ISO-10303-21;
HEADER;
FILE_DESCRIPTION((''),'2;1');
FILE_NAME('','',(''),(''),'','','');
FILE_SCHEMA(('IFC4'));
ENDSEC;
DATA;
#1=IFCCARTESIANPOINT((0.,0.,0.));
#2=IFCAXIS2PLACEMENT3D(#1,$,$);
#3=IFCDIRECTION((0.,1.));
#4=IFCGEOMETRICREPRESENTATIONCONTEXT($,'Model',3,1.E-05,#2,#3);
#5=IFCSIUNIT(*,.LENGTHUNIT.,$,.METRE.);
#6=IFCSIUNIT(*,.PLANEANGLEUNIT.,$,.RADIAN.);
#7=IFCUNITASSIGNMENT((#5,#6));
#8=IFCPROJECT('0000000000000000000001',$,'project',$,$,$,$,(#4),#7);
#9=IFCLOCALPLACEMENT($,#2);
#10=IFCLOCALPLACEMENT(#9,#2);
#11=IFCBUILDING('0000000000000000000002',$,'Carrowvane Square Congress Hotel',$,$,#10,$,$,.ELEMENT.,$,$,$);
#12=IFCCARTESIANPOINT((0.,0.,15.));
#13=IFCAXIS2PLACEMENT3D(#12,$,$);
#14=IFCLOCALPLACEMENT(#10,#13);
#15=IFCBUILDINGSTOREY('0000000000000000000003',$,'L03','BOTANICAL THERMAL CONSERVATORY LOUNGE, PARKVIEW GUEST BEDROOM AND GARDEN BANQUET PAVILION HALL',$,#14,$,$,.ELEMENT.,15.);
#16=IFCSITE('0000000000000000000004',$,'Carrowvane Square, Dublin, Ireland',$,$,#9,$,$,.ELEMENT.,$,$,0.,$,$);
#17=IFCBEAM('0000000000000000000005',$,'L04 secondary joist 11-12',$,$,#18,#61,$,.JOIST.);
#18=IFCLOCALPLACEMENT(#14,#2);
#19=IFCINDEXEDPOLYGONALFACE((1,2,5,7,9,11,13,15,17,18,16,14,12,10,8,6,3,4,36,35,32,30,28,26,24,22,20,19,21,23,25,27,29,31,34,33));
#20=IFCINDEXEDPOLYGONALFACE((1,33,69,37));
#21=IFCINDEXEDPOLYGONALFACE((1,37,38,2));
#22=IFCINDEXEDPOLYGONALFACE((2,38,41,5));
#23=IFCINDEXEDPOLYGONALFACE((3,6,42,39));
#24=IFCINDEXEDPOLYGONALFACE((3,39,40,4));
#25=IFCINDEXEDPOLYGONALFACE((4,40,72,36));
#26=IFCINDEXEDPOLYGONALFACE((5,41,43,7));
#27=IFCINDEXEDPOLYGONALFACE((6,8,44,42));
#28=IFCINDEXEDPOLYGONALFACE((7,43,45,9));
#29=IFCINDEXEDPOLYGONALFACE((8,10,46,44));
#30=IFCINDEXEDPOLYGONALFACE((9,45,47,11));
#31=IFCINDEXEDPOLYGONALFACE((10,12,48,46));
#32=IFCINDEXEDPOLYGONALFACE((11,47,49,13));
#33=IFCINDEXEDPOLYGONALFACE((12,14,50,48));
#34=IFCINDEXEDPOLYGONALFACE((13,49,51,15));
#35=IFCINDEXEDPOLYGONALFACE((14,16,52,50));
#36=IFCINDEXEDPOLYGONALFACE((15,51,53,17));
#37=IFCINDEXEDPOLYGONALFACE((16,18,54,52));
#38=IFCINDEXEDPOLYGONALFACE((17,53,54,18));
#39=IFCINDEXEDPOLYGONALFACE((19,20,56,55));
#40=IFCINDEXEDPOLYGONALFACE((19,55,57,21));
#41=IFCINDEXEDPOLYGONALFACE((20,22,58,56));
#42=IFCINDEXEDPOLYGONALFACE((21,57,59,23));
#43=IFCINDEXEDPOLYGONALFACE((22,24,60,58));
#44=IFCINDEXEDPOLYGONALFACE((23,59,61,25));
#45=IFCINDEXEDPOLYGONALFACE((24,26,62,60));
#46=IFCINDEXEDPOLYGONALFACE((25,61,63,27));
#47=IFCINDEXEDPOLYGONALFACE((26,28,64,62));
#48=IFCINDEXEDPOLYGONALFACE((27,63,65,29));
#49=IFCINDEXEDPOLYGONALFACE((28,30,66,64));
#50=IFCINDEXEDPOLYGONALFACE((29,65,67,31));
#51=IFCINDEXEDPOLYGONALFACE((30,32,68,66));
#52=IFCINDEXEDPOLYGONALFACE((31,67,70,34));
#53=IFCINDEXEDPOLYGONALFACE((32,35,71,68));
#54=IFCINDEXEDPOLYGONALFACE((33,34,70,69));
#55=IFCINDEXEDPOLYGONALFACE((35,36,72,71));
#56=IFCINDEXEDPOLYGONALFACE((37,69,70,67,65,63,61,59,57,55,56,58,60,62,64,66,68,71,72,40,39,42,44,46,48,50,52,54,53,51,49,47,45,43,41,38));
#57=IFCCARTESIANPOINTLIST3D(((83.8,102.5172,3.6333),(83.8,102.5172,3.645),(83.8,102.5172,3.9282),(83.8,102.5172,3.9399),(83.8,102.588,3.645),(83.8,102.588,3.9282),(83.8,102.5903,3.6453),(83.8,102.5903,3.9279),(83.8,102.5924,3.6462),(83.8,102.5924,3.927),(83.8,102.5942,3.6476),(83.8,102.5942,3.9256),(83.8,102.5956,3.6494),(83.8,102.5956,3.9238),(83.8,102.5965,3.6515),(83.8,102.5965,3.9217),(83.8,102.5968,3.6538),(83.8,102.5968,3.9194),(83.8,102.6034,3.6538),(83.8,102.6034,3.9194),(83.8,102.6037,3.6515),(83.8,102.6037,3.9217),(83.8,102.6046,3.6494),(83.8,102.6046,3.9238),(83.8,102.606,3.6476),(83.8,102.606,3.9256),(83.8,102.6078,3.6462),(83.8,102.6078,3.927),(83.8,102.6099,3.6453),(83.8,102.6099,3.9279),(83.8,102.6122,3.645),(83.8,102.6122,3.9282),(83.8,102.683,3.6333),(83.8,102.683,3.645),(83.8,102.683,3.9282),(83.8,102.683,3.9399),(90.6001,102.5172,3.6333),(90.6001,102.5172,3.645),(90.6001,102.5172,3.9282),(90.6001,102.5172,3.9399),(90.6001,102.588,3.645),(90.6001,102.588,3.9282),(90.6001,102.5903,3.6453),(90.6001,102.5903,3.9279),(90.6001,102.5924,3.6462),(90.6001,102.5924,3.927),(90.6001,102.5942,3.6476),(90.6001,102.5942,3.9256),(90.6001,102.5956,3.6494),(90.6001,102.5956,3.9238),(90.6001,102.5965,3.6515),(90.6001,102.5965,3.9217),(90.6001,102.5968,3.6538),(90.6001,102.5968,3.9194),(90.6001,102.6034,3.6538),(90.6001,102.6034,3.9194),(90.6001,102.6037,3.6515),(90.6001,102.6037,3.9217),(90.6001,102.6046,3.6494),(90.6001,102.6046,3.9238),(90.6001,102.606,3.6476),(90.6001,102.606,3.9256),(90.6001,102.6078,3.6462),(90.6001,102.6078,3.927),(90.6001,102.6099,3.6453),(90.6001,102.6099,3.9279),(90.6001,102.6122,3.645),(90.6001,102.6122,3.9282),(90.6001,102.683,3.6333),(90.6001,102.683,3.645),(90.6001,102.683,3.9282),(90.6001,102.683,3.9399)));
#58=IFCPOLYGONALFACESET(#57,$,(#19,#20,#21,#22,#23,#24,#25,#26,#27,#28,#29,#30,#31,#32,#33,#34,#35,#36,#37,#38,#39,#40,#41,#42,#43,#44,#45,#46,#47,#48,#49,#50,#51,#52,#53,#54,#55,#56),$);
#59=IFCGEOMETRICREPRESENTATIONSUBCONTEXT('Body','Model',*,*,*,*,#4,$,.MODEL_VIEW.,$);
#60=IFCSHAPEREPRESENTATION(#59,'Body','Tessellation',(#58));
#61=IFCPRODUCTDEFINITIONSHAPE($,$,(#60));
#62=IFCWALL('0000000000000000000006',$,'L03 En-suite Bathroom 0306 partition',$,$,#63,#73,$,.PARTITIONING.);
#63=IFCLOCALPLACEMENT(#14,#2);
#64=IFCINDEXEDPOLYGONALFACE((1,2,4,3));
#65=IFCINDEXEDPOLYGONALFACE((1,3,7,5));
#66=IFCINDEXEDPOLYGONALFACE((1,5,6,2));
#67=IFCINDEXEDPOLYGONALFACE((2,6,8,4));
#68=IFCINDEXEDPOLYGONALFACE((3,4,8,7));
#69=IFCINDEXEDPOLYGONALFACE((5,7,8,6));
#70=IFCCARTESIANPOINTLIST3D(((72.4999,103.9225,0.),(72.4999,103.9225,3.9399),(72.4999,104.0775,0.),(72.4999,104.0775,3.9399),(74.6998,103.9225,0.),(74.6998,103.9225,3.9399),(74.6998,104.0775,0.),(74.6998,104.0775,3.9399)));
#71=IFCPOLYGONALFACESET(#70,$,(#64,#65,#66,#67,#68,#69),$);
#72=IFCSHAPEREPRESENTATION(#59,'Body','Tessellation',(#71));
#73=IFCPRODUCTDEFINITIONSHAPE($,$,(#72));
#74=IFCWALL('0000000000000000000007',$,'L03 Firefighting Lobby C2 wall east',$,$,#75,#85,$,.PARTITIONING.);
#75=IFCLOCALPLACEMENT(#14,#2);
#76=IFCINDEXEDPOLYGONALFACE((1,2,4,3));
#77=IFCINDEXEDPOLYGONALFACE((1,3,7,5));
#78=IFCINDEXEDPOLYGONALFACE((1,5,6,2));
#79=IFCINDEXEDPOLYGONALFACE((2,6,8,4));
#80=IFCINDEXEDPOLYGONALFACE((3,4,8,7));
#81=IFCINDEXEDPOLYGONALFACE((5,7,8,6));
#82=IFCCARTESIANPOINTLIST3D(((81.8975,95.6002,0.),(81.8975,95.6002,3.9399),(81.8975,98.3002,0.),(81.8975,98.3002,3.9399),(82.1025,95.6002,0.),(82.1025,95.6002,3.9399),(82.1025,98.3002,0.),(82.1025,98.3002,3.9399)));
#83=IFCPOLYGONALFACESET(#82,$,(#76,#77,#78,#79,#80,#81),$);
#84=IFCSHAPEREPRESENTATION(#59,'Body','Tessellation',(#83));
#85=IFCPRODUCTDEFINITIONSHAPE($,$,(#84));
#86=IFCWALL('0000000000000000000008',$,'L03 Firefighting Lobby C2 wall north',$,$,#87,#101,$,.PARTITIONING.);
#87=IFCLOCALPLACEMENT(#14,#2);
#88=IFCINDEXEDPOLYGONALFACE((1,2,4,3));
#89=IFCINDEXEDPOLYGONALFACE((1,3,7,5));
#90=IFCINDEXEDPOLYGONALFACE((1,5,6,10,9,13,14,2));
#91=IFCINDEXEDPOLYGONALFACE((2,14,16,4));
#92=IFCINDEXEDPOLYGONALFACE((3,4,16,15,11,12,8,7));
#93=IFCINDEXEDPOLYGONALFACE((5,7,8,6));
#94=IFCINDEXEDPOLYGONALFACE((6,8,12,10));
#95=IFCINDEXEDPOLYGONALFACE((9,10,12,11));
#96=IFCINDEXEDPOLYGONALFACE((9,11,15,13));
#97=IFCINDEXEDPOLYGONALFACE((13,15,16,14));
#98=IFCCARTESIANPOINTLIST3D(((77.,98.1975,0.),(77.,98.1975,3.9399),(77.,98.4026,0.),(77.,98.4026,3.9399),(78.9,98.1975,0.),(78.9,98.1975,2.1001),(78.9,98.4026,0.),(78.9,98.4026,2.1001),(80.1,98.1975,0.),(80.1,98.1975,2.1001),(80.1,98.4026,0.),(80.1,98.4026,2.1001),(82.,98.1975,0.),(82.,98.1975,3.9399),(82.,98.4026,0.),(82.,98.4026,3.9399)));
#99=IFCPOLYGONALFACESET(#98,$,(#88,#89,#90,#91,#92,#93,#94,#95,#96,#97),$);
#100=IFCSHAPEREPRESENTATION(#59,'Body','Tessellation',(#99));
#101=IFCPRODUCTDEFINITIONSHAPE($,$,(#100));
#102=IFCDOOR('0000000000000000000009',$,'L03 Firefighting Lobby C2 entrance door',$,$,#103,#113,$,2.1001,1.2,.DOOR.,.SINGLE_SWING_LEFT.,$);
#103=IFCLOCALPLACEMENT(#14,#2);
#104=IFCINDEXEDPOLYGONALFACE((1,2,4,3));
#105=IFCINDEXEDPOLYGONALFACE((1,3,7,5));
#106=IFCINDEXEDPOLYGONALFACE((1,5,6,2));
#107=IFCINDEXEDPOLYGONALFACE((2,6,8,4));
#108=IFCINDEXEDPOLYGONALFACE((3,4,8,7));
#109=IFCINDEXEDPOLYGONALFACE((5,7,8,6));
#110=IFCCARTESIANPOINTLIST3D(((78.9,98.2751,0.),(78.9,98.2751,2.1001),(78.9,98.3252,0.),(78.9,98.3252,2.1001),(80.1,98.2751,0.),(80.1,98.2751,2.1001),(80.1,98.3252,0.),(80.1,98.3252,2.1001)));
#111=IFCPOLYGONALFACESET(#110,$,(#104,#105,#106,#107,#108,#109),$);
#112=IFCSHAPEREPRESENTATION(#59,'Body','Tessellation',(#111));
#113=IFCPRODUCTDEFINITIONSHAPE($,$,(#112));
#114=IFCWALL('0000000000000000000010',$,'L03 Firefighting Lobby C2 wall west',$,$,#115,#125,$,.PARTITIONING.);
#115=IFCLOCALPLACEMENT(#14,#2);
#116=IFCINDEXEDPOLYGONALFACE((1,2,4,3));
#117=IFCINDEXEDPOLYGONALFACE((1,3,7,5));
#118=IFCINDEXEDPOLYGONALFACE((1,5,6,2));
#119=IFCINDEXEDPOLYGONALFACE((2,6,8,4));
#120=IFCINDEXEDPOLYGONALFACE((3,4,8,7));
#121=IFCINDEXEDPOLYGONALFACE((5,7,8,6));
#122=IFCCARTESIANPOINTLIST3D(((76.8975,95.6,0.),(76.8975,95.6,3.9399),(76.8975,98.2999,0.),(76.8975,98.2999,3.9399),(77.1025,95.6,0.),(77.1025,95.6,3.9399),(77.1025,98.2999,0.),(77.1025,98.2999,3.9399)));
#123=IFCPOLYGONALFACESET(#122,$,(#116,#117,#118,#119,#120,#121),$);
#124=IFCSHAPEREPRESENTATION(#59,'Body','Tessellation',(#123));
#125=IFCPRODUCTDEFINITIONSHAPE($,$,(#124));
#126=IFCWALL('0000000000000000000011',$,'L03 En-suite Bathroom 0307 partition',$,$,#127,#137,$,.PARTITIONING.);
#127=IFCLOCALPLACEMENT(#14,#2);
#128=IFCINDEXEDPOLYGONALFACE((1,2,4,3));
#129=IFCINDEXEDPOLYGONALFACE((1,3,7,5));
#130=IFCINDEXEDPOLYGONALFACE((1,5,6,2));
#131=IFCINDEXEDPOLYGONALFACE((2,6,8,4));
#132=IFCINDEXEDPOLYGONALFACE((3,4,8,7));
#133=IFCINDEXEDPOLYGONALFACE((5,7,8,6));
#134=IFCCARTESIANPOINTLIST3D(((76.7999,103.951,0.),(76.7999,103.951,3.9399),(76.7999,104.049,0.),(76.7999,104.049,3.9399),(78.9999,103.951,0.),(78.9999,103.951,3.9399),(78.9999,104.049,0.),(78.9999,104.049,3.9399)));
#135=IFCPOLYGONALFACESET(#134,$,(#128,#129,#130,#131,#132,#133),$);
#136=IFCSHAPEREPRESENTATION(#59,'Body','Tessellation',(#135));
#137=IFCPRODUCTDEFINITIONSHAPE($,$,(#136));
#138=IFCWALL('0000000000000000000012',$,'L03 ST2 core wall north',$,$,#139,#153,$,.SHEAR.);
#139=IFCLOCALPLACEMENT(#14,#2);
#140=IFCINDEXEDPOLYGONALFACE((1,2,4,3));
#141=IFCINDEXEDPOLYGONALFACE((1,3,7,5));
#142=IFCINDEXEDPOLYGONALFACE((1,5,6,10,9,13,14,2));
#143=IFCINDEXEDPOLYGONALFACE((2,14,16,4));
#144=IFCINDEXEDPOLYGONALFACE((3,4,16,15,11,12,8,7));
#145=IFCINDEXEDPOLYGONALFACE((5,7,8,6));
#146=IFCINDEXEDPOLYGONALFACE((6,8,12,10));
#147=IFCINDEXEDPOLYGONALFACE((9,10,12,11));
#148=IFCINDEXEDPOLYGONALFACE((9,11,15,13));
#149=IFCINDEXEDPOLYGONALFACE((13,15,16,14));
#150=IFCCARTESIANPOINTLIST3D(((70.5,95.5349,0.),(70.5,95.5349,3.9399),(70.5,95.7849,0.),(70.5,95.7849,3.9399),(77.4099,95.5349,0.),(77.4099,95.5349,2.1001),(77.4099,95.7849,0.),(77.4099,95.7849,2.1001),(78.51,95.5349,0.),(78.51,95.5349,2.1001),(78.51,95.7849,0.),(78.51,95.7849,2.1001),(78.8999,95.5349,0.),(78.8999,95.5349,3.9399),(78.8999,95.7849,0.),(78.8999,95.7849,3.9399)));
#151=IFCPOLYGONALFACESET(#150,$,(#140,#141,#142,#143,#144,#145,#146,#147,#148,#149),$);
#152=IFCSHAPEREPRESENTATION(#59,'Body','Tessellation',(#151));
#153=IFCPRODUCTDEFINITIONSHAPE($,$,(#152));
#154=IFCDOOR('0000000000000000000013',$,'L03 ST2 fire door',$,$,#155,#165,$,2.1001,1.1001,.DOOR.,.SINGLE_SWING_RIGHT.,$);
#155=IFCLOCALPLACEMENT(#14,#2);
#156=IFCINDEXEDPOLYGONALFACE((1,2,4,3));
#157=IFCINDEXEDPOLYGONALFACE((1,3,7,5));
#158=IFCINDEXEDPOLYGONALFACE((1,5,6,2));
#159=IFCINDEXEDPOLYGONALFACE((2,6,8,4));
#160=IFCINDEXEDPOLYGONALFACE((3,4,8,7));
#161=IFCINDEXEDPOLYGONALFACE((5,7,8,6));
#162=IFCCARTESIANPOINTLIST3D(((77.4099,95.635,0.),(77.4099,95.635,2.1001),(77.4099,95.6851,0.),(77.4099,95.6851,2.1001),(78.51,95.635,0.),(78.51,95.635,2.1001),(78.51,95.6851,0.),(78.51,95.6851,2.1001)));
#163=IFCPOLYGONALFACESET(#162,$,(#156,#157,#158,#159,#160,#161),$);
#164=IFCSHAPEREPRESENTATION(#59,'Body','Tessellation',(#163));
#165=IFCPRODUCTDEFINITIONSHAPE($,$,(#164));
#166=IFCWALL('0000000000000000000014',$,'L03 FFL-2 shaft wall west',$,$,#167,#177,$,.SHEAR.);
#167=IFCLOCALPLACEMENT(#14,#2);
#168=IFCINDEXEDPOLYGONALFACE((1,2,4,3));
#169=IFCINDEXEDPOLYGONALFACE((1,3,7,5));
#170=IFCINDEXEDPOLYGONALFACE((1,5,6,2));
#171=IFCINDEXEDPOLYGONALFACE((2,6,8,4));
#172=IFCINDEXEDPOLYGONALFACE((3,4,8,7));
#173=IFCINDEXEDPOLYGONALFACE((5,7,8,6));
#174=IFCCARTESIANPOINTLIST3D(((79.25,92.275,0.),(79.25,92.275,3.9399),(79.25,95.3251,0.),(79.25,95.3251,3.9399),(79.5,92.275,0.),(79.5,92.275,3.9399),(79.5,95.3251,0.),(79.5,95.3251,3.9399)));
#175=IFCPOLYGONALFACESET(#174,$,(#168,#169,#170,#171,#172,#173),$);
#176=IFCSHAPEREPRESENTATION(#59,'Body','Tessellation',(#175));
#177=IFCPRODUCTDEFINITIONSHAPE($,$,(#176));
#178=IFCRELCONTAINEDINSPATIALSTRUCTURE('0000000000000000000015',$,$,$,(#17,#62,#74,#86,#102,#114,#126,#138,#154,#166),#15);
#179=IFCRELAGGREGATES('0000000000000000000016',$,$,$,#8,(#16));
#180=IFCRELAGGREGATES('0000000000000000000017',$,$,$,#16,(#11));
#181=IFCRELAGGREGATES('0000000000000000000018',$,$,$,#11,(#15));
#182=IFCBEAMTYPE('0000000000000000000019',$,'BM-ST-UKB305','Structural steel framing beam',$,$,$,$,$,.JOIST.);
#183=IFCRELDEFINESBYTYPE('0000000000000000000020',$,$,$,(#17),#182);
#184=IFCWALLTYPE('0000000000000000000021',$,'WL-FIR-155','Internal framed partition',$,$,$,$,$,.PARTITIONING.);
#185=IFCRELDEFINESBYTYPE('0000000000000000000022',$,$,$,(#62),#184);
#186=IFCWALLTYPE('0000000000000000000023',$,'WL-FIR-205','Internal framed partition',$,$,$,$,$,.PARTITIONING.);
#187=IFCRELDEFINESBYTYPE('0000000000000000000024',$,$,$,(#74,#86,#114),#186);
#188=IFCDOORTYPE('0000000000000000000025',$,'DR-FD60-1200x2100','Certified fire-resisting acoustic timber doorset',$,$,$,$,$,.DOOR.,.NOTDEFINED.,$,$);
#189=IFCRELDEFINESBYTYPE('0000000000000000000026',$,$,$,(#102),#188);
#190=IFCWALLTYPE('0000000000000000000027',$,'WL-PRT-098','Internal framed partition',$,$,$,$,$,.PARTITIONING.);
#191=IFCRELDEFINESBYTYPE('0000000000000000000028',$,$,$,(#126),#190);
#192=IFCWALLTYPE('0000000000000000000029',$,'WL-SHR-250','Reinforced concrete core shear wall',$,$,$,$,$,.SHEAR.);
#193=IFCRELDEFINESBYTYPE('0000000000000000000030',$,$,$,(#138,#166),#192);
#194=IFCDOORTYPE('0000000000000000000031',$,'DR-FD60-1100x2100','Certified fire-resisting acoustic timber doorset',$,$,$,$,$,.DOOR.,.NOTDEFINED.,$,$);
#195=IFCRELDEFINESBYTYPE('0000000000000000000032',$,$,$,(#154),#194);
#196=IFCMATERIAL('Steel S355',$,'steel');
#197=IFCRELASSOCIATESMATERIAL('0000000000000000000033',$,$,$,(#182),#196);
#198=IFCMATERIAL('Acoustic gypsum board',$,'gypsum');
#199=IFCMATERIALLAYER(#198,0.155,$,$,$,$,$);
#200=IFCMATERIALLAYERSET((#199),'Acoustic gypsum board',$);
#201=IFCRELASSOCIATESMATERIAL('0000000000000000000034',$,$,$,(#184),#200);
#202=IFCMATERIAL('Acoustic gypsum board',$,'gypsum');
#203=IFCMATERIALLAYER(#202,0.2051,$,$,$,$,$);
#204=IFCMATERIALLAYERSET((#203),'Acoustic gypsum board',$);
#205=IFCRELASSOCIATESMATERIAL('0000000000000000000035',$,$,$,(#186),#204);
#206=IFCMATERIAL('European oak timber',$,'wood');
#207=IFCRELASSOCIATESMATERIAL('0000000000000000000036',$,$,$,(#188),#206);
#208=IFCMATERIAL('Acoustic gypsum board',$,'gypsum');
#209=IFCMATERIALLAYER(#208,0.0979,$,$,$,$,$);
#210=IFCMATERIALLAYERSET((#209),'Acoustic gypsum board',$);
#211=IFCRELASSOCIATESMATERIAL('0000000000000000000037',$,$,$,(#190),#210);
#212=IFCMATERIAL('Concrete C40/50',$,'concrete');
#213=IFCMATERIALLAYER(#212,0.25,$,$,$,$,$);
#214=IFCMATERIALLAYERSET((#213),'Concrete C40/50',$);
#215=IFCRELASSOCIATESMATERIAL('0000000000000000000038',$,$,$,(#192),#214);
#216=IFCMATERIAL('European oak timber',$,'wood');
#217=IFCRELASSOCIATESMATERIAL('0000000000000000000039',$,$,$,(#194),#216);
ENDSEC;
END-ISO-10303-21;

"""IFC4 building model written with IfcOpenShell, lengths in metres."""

from ifc_helpers import new_model, si_unit, direction, frame, frame_2d, origin, origin_2d, place, context, subcontext, project, spatial, rectangle, i_section, extrude, material, layer, layer_set, material_profile, profile_set, type_object, element, fill, save


model = new_model("IFC4")

# Units and contexts
model_context = context("Model", 3, precision=1e-05, world=origin(), true_north=direction((0.0, 1.0)))
body_context = subcontext(model_context, "Body", "Model", "MODEL_VIEW")
ifc_project = project(units=[si_unit("LENGTHUNIT", "METRE"), si_unit("PLANEANGLEUNIT", "RADIAN")], contexts=[model_context])

# Site, building, storey
site_placement = place(None, origin())
site = spatial("IfcSite", under=ifc_project, at=site_placement, Name="Carrowvane Square, Dublin, Ireland", CompositionType="ELEMENT", RefElevation=0.0)
building_placement = place(site_placement, origin())
building = spatial("IfcBuilding", under=site, at=building_placement, Name="Carrowvane Square Congress Hotel", CompositionType="ELEMENT")
storey_placement = place(building_placement, frame((0.0, 0.0, 15.0)))
storey = spatial("IfcBuildingStorey", under=building, at=storey_placement, Name="L03", Description="BOTANICAL THERMAL CONSERVATORY LOUNGE, PARKVIEW GUEST BEDROOM AND GARDEN BANQUET PAVILION HALL", CompositionType="ELEMENT", Elevation=15.0)

# Beam
ifc_material_1 = material(Name="Steel S355", Category="steel")
ifc_material_profile_1 = material_profile(ifc_material_1, i_section(OverallWidth=0.1658, OverallDepth=0.3066, WebThickness=0.0066, FlangeThickness=0.0117, FilletRadius=0.0088, at=origin_2d()), Name="UKB 305x165x46")
ifc_profile_set_1 = profile_set([ifc_material_profile_1], Name="Steel S355")
beam_type_1 = type_object("IfcBeamType", Name="BM-ST-UKB305", Description="Structural steel framing beam", PredefinedType="JOIST", material=ifc_profile_set_1)
for number, where, z_axis, x_axis, name in (
    (1, (83.8, 102.6001, 3.7866), (1.0, 0.0, 0.0), (0.0, 1.0, 0.0), "L04 secondary joist 11-12"),
):
    element("IfcBeam", number, at=place(storey_placement, frame(where, z_axis=z_axis, x_axis=x_axis)), inside=storey, type_object=beam_type_1, Name=name, PredefinedType="JOIST", context=body_context, shape_type="SweptSolid", body=[
        extrude(i_section(OverallWidth=0.1658, OverallDepth=0.3066, WebThickness=0.0066, FlangeThickness=0.0117, FilletRadius=0.0088, at=origin_2d()), origin(), (0.0, 0.0, 1.0), 6.8),
    ])

# Wall
ifc_material_2 = material(Name="Acoustic gypsum board", Category="gypsum")
ifc_layer_1 = layer(ifc_material_2, 0.155)
ifc_layer_set_1 = layer_set([ifc_layer_1], Name="Acoustic gypsum board")
wall_type_1 = type_object("IfcWallType", Name="WL-FIR-155", Description="Internal framed partition", PredefinedType="PARTITIONING", material=ifc_layer_set_1)
wall_1_placement = place(storey_placement, frame((74.7, 104.0, 0.0), z_axis=(0.0, 0.0, 1.0), x_axis=(-1.0, 0.0, 0.0)))
element("IfcWall", 2, at=wall_1_placement, inside=storey, type_object=wall_type_1, Name="L03 En-suite Bathroom 0306 partition", PredefinedType="PARTITIONING", context=body_context, shape_type="SweptSolid", body=[
    extrude(rectangle(XDim=2.2, YDim=0.155, at=frame_2d((1.1001, 0.0))), origin(), (0.0, 0.0, 1.0), 3.9399),
])

# Wall
ifc_material_3 = material(Name="Acoustic gypsum board", Category="gypsum")
ifc_layer_2 = layer(ifc_material_3, 0.2051)
ifc_layer_set_2 = layer_set([ifc_layer_2], Name="Acoustic gypsum board")
wall_type_2 = type_object("IfcWallType", Name="WL-FIR-205", Description="Internal framed partition", PredefinedType="PARTITIONING", material=ifc_layer_set_2)
wall_2_placement = place(storey_placement, frame((82.0, 95.6001, 0.0), z_axis=(0.0, 0.0, 1.0), x_axis=(0.0, 1.0, 0.0)))
element("IfcWall", 3, at=wall_2_placement, inside=storey, type_object=wall_type_2, Name="L03 Firefighting Lobby C2 wall east", PredefinedType="PARTITIONING", context=body_context, shape_type="SweptSolid", body=[
    extrude(rectangle(XDim=2.7, YDim=0.2051, at=frame_2d((1.3501, 0.0))), origin(), (0.0, 0.0, 1.0), 3.9399),
])

# Wall, opening, door
wall_3_placement = place(storey_placement, frame((82.0, 98.3, 0.0), z_axis=(0.0, 0.0, 1.0), x_axis=(-1.0, 0.0, 0.0)))
wall_3 = element("IfcWall", 4, at=wall_3_placement, inside=storey, type_object=wall_type_2, Name="L03 Firefighting Lobby C2 wall north", PredefinedType="PARTITIONING", context=body_context, shape_type="SweptSolid", body=[
    extrude(rectangle(XDim=5.0, YDim=0.2051, at=frame_2d((2.5, 0.0))), origin(), (0.0, 0.0, 1.0), 3.9399),
])
opening_1_placement = place(wall_3_placement, frame((1.8999, 0.0, 0.0)))
opening_1 = element("IfcOpeningElement", 5, at=opening_1_placement, cuts=wall_3, PredefinedType="OPENING", context=body_context, shape_type="SweptSolid", body=[
    extrude(rectangle(XDim=1.2, YDim=2.1001, at=frame_2d((0.6001, 1.05))), frame((0.0, 0.1125, 0.0), z_axis=(0.0, -1.0, 0.0), x_axis=(1.0, 0.0, 0.0)), (0.0, 0.0, 1.0), 0.2251),
])
ifc_material_4 = material(Name="European oak timber", Category="wood")
door_type_1 = type_object("IfcDoorType", Name="DR-FD60-1200x2100", Description="Certified fire-resisting acoustic timber doorset", OperationType="NOTDEFINED", PredefinedType="DOOR", material=ifc_material_4)
door_1_placement = place(opening_1_placement, origin())
door_1 = element("IfcDoor", 6, at=door_1_placement, inside=storey, type_object=door_type_1, Name="L03 Firefighting Lobby C2 entrance door", OperationType="SINGLE_SWING_LEFT", OverallHeight=2.1001, OverallWidth=1.2, PredefinedType="DOOR", context=body_context, shape_type="SweptSolid", body=[
    extrude(rectangle(XDim=1.2, YDim=2.1001, at=frame_2d((0.6001, 1.05))), frame((0.0, 0.0249, 0.0), z_axis=(0.0, -1.0, 0.0), x_axis=(1.0, 0.0, 0.0)), (0.0, 0.0, 1.0), 0.05),
])
fill(opening_1, door_1)

# Walls
wall_4_placement = place(storey_placement, frame((77.0, 98.3, 0.0), z_axis=(0.0, 0.0, 1.0), x_axis=(0.0, -1.0, 0.0)))
element("IfcWall", 7, at=wall_4_placement, inside=storey, type_object=wall_type_2, Name="L03 Firefighting Lobby C2 wall west", PredefinedType="PARTITIONING", context=body_context, shape_type="SweptSolid", body=[
    extrude(rectangle(XDim=2.7, YDim=0.2051, at=frame_2d((1.3501, 0.0))), origin(), (0.0, 0.0, 1.0), 3.9399),
])
ifc_material_5 = material(Name="Acoustic gypsum board", Category="gypsum")
ifc_layer_3 = layer(ifc_material_5, 0.0979)
ifc_layer_set_3 = layer_set([ifc_layer_3], Name="Acoustic gypsum board")
wall_type_3 = type_object("IfcWallType", Name="WL-PRT-098", Description="Internal framed partition", PredefinedType="PARTITIONING", material=ifc_layer_set_3)
wall_5_placement = place(storey_placement, frame((79.0, 104.0, 0.0), z_axis=(0.0, 0.0, 1.0), x_axis=(-1.0, 0.0, 0.0)))
element("IfcWall", 8, at=wall_5_placement, inside=storey, type_object=wall_type_3, Name="L03 En-suite Bathroom 0307 partition", PredefinedType="PARTITIONING", context=body_context, shape_type="SweptSolid", body=[
    extrude(rectangle(XDim=2.2, YDim=0.0979, at=frame_2d((1.1001, 0.0))), origin(), (0.0, 0.0, 1.0), 3.9399),
])

# Wall, opening, door
ifc_material_6 = material(Name="Concrete C40/50", Category="concrete")
ifc_layer_4 = layer(ifc_material_6, 0.25)
ifc_layer_set_4 = layer_set([ifc_layer_4], Name="Concrete C40/50")
wall_type_4 = type_object("IfcWallType", Name="WL-SHR-250", Description="Reinforced concrete core shear wall", PredefinedType="SHEAR", material=ifc_layer_set_4)
wall_6_placement = place(storey_placement, frame((78.8999, 95.6599, 0.0), z_axis=(0.0, 0.0, 1.0), x_axis=(-1.0, 0.0, 0.0)))
wall_6 = element("IfcWall", 9, at=wall_6_placement, inside=storey, type_object=wall_type_4, Name="L03 ST2 core wall north", PredefinedType="SHEAR", context=body_context, shape_type="SweptSolid", body=[
    extrude(rectangle(XDim=8.3999, YDim=0.25, at=frame_2d((4.2, 0.0))), origin(), (0.0, 0.0, 1.0), 3.9399),
])
opening_2_placement = place(wall_6_placement, frame((0.3899, 0.0, 0.0)))
opening_2 = element("IfcOpeningElement", 10, at=opening_2_placement, cuts=wall_6, PredefinedType="OPENING", context=body_context, shape_type="SweptSolid", body=[
    extrude(rectangle(XDim=1.1001, YDim=2.1001, at=frame_2d((0.55, 1.05))), frame((0.0, 0.135, 0.0), z_axis=(0.0, -1.0, 0.0), x_axis=(1.0, 0.0, 0.0)), (0.0, 0.0, 1.0), 0.27),
])
ifc_material_7 = material(Name="European oak timber", Category="wood")
door_type_2 = type_object("IfcDoorType", Name="DR-FD60-1100x2100", Description="Certified fire-resisting acoustic timber doorset", OperationType="NOTDEFINED", PredefinedType="DOOR", material=ifc_material_7)
door_2_placement = place(opening_2_placement, origin())
door_2 = element("IfcDoor", 11, at=door_2_placement, inside=storey, type_object=door_type_2, Name="L03 ST2 fire door", OperationType="SINGLE_SWING_RIGHT", OverallHeight=2.1001, OverallWidth=1.1001, PredefinedType="DOOR", context=body_context, shape_type="SweptSolid", body=[
    extrude(rectangle(XDim=1.1001, YDim=2.1001, at=frame_2d((0.55, 1.05))), frame((0.0, 0.0249, 0.0), z_axis=(0.0, -1.0, 0.0), x_axis=(1.0, 0.0, 0.0)), (0.0, 0.0, 1.0), 0.05),
])
fill(opening_2, door_2)

# Wall
wall_7_placement = place(storey_placement, frame((79.375, 95.325, 0.0), z_axis=(0.0, 0.0, 1.0), x_axis=(0.0, -1.0, 0.0)))
element("IfcWall", 12, at=wall_7_placement, inside=storey, type_object=wall_type_4, Name="L03 FFL-2 shaft wall west", PredefinedType="SHEAR", context=body_context, shape_type="SweptSolid", body=[
    extrude(rectangle(XDim=3.05, YDim=0.25, at=frame_2d((1.5249, 0.0))), origin(), (0.0, 0.0, 1.0), 3.9399),
])

save(model, "model.ifc")
